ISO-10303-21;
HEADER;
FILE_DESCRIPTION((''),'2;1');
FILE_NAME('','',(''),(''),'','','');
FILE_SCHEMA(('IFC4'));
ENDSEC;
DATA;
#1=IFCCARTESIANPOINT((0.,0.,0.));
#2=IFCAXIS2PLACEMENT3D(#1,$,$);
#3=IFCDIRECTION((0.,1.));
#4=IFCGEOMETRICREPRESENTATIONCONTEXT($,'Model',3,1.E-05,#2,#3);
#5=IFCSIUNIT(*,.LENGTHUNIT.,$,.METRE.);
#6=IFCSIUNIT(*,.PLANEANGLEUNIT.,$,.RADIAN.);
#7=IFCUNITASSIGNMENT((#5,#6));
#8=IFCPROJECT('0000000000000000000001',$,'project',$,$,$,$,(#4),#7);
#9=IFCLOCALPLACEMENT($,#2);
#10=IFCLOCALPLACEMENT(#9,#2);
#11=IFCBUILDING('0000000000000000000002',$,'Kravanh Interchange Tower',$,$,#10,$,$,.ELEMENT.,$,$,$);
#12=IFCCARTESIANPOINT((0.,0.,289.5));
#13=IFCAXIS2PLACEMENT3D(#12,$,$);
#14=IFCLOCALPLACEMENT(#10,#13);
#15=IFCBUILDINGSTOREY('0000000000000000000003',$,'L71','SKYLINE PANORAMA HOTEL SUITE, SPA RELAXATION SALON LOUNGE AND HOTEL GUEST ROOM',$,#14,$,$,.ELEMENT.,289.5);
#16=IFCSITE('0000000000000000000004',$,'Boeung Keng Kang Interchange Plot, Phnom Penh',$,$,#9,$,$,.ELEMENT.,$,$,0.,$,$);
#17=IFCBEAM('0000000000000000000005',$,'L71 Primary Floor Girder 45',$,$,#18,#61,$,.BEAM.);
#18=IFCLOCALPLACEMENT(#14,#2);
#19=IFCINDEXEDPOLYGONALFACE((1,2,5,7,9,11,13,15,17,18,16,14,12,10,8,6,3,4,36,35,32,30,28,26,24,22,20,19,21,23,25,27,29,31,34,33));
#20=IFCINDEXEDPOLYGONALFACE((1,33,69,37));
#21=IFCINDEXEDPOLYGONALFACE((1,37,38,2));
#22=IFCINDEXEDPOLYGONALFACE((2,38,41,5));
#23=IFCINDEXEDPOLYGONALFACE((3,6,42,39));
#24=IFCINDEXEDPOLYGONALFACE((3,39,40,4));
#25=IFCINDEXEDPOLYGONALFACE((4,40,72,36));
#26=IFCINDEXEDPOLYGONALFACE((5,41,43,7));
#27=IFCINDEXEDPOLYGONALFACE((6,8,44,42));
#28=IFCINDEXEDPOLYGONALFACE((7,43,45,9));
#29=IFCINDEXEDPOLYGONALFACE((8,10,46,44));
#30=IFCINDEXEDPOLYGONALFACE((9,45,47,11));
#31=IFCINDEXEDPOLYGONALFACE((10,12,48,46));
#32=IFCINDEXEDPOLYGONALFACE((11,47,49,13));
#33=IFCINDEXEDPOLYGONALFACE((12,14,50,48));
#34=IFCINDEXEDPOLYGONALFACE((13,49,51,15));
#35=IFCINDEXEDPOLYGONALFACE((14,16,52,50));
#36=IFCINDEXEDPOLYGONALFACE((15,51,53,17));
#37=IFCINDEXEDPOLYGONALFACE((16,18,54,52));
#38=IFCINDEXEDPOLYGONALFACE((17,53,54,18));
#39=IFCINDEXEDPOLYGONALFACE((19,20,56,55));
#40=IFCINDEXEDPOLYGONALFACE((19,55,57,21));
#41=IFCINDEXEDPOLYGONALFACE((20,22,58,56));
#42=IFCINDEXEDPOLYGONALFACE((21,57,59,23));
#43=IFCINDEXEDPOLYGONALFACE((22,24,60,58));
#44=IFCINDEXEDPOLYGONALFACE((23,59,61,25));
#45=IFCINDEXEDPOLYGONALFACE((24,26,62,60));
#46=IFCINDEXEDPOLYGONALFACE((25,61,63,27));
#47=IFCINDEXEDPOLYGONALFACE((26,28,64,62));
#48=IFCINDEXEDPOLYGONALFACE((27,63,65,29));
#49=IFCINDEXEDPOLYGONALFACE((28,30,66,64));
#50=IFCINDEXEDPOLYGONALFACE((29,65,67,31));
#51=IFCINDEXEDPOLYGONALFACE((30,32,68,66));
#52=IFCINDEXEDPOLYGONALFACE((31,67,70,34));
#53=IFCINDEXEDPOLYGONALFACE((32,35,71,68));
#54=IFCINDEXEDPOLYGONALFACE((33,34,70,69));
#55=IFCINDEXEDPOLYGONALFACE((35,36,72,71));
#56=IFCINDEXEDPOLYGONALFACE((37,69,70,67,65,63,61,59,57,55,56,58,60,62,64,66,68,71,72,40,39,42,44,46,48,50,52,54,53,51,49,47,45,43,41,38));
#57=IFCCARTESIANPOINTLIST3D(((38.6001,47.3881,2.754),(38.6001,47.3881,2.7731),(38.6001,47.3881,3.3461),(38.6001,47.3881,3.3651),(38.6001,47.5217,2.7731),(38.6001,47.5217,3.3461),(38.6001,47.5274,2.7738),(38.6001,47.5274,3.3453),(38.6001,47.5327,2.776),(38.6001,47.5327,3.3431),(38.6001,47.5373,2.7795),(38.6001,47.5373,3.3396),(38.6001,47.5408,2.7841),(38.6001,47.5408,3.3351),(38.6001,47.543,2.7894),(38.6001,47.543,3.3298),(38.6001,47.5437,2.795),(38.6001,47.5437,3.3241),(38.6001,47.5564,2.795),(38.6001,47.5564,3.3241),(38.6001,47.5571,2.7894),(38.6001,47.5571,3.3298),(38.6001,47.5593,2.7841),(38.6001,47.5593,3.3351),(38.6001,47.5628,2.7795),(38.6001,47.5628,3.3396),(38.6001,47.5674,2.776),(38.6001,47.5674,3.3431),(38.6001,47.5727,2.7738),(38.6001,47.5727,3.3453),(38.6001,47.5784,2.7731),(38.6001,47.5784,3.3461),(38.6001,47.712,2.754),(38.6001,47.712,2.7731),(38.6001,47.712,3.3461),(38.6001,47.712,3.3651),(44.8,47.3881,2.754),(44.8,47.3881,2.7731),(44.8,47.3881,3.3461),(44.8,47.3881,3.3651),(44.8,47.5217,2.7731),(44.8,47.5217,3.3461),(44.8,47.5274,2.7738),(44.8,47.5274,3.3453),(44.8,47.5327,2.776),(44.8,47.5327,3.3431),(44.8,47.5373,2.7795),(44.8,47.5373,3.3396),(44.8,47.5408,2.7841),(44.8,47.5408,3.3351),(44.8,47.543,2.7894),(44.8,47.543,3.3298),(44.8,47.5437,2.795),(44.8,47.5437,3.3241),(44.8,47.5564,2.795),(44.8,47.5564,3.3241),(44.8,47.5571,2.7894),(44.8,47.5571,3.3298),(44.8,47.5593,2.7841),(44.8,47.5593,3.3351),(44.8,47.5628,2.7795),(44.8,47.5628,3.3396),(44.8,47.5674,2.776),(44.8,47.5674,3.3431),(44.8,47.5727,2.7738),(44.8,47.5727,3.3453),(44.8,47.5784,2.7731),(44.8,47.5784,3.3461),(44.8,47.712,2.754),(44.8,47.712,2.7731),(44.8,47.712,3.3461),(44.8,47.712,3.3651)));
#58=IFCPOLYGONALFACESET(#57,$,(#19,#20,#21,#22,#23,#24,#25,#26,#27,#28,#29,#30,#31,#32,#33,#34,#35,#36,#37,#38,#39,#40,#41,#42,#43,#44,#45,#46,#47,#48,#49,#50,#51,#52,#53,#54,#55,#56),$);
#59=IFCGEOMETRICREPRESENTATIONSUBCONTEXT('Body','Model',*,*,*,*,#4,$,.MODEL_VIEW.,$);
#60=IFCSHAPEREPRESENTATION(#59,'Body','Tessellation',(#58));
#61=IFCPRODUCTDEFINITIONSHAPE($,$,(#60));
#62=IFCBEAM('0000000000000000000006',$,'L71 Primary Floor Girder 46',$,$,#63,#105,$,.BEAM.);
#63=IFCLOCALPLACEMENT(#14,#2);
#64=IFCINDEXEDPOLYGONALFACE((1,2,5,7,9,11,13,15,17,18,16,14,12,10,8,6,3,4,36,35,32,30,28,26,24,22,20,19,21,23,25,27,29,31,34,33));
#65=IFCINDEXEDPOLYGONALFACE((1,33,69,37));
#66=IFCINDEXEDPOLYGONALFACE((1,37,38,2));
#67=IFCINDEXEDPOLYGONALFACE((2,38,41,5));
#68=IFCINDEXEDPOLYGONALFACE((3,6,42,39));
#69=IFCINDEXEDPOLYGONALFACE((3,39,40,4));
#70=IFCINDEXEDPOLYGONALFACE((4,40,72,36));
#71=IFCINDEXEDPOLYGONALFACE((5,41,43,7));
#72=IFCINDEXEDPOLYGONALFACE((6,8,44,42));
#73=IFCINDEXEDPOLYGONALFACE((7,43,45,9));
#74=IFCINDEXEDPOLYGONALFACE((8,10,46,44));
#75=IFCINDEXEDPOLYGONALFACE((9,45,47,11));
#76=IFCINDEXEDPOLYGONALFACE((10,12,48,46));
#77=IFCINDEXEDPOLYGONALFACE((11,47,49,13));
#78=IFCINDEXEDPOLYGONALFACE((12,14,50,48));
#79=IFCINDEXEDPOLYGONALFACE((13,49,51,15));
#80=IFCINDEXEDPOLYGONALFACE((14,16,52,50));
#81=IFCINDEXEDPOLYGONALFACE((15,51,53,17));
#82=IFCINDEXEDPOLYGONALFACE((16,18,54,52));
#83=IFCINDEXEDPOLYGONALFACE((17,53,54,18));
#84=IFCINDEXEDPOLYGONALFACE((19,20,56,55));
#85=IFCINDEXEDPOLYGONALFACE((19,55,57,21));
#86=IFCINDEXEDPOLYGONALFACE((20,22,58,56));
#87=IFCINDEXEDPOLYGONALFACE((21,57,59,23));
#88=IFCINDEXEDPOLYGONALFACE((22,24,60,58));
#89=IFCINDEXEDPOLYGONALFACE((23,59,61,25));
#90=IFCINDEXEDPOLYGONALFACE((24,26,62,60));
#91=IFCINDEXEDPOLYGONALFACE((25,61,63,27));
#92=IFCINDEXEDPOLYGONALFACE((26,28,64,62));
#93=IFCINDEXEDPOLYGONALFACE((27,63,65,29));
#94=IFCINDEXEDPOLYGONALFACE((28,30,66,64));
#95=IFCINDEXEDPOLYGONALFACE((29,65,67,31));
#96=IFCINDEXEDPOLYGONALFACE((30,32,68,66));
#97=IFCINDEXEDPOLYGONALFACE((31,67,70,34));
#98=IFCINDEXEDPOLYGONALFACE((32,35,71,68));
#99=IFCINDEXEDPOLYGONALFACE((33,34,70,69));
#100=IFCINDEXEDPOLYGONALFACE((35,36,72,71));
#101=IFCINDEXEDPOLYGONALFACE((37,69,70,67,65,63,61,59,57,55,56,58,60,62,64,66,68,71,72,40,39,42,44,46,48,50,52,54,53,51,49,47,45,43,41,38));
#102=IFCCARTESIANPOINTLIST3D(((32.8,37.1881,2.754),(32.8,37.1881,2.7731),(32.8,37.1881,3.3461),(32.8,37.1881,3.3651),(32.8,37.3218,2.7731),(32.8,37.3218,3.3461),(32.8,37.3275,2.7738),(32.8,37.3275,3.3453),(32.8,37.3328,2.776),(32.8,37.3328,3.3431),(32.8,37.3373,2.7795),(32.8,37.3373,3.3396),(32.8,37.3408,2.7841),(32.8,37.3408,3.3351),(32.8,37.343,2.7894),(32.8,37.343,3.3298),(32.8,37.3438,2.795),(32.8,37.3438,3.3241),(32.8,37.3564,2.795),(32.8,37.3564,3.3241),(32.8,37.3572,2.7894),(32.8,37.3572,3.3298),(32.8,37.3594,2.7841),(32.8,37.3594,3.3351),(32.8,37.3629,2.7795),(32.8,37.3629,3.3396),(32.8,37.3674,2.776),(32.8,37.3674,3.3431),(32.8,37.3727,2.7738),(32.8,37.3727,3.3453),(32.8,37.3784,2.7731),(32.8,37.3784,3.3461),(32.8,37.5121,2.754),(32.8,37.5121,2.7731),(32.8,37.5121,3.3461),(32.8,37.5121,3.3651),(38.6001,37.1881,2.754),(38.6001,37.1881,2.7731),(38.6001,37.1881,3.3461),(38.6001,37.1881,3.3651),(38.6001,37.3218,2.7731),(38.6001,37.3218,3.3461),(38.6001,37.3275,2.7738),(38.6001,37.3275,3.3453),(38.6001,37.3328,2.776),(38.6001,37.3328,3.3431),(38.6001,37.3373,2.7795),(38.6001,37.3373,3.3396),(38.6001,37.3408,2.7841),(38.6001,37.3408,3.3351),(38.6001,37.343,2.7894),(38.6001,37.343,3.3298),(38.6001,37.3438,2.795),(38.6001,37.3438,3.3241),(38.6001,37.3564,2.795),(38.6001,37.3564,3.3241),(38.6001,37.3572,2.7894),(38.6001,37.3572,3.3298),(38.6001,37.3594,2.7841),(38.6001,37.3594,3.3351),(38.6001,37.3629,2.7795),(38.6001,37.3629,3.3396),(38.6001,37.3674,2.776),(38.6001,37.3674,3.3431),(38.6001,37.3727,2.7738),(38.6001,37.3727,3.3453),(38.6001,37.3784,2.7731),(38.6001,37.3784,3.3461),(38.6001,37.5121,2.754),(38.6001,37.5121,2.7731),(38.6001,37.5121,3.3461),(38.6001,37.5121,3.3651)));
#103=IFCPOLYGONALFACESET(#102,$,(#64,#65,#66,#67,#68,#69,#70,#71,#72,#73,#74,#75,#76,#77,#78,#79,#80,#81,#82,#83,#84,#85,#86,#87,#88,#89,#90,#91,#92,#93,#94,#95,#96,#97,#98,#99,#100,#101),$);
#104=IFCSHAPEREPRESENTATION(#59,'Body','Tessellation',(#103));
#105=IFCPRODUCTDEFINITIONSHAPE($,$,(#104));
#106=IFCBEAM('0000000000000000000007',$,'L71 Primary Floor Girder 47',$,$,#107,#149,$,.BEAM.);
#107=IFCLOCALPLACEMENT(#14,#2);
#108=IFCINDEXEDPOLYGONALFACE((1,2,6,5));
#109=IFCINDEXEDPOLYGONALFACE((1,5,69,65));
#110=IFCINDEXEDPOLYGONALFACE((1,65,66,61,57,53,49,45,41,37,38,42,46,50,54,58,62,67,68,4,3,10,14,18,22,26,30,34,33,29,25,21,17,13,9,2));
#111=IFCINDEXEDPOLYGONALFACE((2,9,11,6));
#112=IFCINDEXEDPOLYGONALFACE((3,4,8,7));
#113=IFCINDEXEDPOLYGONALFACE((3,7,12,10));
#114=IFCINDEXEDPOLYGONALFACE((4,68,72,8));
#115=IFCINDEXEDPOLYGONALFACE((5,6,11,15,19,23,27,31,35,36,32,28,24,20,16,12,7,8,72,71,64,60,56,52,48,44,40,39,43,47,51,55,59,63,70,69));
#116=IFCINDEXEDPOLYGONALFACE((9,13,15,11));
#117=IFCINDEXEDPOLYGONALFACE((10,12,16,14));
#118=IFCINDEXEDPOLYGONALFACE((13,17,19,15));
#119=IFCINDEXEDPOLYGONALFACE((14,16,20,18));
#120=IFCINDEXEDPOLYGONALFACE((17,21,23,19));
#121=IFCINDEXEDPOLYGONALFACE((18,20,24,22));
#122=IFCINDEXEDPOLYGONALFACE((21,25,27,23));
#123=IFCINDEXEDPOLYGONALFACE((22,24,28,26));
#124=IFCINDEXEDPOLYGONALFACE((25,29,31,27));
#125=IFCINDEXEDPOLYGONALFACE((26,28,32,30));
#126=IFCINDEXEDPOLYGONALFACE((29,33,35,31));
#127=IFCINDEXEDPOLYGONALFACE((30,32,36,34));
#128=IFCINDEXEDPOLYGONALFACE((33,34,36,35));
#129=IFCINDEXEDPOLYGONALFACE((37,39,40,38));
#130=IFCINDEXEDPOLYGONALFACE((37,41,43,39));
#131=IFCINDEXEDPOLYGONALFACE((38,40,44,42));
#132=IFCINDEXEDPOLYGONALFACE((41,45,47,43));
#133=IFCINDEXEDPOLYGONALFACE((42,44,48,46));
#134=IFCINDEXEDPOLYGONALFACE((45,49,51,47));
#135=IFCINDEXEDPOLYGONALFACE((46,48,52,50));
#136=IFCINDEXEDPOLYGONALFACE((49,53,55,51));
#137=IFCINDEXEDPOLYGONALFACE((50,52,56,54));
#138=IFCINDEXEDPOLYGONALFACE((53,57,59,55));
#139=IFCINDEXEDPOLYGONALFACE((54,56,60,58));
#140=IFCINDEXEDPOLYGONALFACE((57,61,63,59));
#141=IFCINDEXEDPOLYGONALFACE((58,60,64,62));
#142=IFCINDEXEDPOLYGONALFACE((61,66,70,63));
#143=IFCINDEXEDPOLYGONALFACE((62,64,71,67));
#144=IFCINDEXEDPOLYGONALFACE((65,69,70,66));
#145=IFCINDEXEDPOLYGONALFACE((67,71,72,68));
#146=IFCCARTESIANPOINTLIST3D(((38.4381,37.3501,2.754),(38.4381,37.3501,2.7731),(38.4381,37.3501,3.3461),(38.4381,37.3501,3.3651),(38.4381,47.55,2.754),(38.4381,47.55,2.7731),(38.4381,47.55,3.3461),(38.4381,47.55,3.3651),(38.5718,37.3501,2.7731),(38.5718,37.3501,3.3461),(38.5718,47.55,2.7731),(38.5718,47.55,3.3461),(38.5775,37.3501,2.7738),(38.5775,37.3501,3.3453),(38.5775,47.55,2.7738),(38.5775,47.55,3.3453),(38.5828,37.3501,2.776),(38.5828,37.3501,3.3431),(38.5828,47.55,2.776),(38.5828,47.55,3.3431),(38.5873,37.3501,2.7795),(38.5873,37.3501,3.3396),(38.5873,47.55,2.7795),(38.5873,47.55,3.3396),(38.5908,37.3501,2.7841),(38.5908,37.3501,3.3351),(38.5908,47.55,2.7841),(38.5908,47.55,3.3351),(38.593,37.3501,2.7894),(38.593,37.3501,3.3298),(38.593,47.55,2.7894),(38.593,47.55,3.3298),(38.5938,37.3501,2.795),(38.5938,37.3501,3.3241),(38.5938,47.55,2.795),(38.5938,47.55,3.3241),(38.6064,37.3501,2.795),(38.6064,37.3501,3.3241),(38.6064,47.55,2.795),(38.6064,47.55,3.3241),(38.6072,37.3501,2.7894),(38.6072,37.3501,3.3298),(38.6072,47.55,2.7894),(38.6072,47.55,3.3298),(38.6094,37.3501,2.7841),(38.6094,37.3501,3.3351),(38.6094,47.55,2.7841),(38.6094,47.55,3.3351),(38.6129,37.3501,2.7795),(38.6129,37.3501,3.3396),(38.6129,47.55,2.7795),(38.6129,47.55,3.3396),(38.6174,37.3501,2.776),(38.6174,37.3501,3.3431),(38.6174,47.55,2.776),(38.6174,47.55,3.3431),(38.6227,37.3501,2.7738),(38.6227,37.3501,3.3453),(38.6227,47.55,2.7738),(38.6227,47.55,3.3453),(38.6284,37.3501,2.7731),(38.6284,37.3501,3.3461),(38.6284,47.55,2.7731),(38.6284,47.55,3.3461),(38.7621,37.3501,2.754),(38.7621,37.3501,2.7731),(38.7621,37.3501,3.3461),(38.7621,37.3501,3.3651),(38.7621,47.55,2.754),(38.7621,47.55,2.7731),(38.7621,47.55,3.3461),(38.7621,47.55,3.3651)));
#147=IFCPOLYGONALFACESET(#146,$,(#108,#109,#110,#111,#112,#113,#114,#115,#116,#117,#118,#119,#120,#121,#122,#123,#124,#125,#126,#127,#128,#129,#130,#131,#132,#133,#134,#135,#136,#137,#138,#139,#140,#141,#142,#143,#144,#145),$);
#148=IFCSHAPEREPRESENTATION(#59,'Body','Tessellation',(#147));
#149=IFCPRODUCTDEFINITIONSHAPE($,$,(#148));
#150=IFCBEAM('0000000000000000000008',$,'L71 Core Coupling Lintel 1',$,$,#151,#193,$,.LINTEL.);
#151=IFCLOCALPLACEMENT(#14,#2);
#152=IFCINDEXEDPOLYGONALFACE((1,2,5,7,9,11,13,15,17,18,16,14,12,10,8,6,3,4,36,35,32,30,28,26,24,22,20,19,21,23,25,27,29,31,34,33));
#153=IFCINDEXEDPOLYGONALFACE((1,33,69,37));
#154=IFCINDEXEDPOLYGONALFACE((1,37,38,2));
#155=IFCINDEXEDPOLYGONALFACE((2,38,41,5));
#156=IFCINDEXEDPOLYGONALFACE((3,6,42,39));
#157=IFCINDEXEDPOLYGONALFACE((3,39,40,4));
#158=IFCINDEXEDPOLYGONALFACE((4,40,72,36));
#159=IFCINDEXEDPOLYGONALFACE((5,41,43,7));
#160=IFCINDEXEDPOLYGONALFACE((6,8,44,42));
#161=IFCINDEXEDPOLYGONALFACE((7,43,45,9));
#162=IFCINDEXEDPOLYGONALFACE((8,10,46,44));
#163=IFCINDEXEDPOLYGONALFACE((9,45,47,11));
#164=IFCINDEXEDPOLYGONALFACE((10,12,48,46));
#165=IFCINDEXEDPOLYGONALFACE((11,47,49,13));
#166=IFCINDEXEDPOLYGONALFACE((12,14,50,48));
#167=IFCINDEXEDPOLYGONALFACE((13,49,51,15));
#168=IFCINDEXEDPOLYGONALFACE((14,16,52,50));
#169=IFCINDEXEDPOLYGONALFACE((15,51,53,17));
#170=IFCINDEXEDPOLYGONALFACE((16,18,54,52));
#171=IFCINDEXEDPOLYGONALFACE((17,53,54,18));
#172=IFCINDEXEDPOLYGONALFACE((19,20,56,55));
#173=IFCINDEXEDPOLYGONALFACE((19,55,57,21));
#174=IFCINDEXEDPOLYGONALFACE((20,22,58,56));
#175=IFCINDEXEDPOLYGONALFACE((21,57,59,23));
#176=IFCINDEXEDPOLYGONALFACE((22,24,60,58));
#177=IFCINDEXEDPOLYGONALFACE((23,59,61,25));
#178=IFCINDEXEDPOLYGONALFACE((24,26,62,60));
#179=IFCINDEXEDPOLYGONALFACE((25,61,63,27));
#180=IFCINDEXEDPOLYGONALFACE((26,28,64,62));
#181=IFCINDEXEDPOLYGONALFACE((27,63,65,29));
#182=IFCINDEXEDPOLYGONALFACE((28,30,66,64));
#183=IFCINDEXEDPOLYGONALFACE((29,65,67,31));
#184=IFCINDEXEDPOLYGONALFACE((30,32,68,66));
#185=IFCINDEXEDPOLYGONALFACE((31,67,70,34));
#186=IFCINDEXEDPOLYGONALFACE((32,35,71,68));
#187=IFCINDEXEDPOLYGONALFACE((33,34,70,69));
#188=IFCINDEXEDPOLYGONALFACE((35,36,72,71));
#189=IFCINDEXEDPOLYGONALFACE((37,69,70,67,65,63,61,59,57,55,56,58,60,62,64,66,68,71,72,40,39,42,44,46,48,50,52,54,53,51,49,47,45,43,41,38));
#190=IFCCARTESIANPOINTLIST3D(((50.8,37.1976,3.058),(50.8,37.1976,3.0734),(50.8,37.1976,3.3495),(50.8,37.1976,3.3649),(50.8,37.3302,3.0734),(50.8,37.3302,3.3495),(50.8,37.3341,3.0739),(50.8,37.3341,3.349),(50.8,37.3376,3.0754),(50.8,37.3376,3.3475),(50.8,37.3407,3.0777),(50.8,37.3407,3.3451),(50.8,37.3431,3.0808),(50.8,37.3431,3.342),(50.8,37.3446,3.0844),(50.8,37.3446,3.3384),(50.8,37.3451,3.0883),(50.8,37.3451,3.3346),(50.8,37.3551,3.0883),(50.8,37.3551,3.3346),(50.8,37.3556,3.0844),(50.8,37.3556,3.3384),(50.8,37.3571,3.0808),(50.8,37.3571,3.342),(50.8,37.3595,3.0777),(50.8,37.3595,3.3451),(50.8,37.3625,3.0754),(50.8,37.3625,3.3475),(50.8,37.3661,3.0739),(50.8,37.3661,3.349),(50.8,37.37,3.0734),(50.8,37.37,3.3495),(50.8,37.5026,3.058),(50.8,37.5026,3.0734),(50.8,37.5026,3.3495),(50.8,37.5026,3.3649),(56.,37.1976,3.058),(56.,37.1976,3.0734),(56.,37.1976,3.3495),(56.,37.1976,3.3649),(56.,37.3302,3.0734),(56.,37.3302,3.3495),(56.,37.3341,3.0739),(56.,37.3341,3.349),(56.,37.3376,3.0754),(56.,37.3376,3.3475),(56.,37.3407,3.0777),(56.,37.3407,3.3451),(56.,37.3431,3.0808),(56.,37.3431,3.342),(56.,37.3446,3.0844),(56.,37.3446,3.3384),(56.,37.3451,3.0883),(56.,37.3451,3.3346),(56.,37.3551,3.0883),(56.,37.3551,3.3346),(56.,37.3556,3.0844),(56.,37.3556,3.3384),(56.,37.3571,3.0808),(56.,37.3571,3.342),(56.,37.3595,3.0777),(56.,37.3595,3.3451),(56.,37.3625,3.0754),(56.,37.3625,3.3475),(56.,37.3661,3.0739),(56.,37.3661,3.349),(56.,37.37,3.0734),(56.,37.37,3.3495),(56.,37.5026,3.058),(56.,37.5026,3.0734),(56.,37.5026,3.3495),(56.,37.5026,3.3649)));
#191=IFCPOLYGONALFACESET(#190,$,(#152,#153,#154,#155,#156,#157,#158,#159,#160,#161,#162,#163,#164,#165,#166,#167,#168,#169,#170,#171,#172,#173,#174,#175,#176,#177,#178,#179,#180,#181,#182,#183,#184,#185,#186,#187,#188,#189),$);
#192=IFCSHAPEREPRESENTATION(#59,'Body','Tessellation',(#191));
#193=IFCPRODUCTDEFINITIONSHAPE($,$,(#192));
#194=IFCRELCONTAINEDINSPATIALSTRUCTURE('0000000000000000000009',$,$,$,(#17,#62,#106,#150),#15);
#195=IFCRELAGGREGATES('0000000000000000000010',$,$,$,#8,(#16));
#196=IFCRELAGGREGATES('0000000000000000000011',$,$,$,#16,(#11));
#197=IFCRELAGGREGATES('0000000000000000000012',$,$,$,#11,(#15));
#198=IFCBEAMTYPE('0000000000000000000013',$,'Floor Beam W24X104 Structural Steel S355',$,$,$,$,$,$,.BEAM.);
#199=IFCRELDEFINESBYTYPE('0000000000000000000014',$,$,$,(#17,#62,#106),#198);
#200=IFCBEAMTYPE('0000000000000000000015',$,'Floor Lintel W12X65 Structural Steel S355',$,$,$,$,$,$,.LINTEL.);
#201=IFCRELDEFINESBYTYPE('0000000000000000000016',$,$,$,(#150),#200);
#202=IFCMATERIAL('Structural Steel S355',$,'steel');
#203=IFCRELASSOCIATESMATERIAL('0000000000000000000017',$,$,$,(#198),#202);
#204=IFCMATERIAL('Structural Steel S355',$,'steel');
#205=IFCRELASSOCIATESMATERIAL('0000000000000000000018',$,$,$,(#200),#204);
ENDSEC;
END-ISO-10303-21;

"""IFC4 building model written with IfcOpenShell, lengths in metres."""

from ifc_helpers import new_model, si_unit, direction, frame, origin, origin_2d, place, context, subcontext, project, spatial, i_section, extrude, material, material_profile, profile_set, type_object, element, save


model = new_model("IFC4")

# Units and contexts
model_context = context("Model", 3, precision=1e-05, world=origin(), true_north=direction((0.0, 1.0)))
body_context = subcontext(model_context, "Body", "Model", "MODEL_VIEW")
ifc_project = project(units=[si_unit("LENGTHUNIT", "METRE"), si_unit("PLANEANGLEUNIT", "RADIAN")], contexts=[model_context])

# Site, building, storey
site_placement = place(None, origin())
site = spatial("IfcSite", under=ifc_project, at=site_placement, Name="Boeung Keng Kang Interchange Plot, Phnom Penh", CompositionType="ELEMENT", RefElevation=0.0)
building_placement = place(site_placement, origin())
building = spatial("IfcBuilding", under=site, at=building_placement, Name="Kravanh Interchange Tower", CompositionType="ELEMENT")
storey_placement = place(building_placement, frame((0.0, 0.0, 289.5)))
storey = spatial("IfcBuildingStorey", under=building, at=storey_placement, Name="L71", Description="SKYLINE PANORAMA HOTEL SUITE, SPA RELAXATION SALON LOUNGE AND HOTEL GUEST ROOM", CompositionType="ELEMENT", Elevation=289.5)

# Beams
ifc_material_1 = material(Name="Structural Steel S355", Category="steel")
ifc_material_profile_1 = material_profile(ifc_material_1, i_section(OverallWidth=0.324, OverallDepth=0.6111, WebThickness=0.0127, FlangeThickness=0.019, FilletRadius=0.022, at=origin_2d()), Name="W24X104")
ifc_profile_set_1 = profile_set([ifc_material_profile_1], Name="Structural Steel S355")
beam_type_1 = type_object("IfcBeamType", Name="Floor Beam W24X104 Structural Steel S355", PredefinedType="BEAM", material=ifc_profile_set_1)
beam_1_placement = place(storey_placement, frame((44.8, 47.55, 3.0596), z_axis=(-1.0, 0.0, 0.0), x_axis=(0.0, -1.0, 0.0)))
element("IfcBeam", 1, at=beam_1_placement, inside=storey, type_object=beam_type_1, Name="L71 Primary Floor Girder 45", PredefinedType="BEAM", context=body_context, shape_type="SweptSolid", body=[
    extrude(i_section(OverallWidth=0.324, OverallDepth=0.6111, WebThickness=0.0127, FlangeThickness=0.019, FilletRadius=0.022, at=origin_2d()), origin(), (0.0, 0.0, 1.0), 6.2),
])
beam_2_placement = place(storey_placement, frame((38.6001, 37.3501, 3.0596), z_axis=(-1.0, 0.0, 0.0), x_axis=(0.0, -1.0, 0.0)))
element("IfcBeam", 2, at=beam_2_placement, inside=storey, type_object=beam_type_1, Name="L71 Primary Floor Girder 46", PredefinedType="BEAM", context=body_context, shape_type="SweptSolid", body=[
    extrude(i_section(OverallWidth=0.324, OverallDepth=0.6111, WebThickness=0.0127, FlangeThickness=0.019, FilletRadius=0.022, at=origin_2d()), origin(), (0.0, 0.0, 1.0), 5.8),
])
beam_3_placement = place(storey_placement, frame((38.6001, 37.3501, 3.0596), z_axis=(0.0, 1.0, 0.0), x_axis=(-1.0, 0.0, 0.0)))
element("IfcBeam", 3, at=beam_3_placement, inside=storey, type_object=beam_type_1, Name="L71 Primary Floor Girder 47", PredefinedType="BEAM", context=body_context, shape_type="SweptSolid", body=[
    extrude(i_section(OverallWidth=0.324, OverallDepth=0.6111, WebThickness=0.0127, FlangeThickness=0.019, FilletRadius=0.022, at=origin_2d()), origin(), (0.0, 0.0, 1.0), 10.2),
])
ifc_material_2 = material(Name="Structural Steel S355", Category="steel")
ifc_material_profile_2 = material_profile(ifc_material_2, i_section(OverallWidth=0.3049, OverallDepth=0.3069, WebThickness=0.01, FlangeThickness=0.0154, FilletRadius=0.0149, at=origin_2d()), Name="W12X65")
ifc_profile_set_2 = profile_set([ifc_material_profile_2], Name="Structural Steel S355")
beam_type_2 = type_object("IfcBeamType", Name="Floor Lintel W12X65 Structural Steel S355", PredefinedType="LINTEL", material=ifc_profile_set_2)
beam_4_placement = place(storey_placement, frame((50.8, 37.3501, 3.2114), z_axis=(1.0, 0.0, 0.0), x_axis=(0.0, 1.0, 0.0)))
element("IfcBeam", 4, at=beam_4_placement, inside=storey, type_object=beam_type_2, Name="L71 Core Coupling Lintel 1", PredefinedType="LINTEL", context=body_context, shape_type="SweptSolid", body=[
    extrude(i_section(OverallWidth=0.3049, OverallDepth=0.3069, WebThickness=0.01, FlangeThickness=0.0154, FilletRadius=0.0149, at=origin_2d()), origin(), (0.0, 0.0, 1.0), 5.2),
])

save(model, "model.ifc")
